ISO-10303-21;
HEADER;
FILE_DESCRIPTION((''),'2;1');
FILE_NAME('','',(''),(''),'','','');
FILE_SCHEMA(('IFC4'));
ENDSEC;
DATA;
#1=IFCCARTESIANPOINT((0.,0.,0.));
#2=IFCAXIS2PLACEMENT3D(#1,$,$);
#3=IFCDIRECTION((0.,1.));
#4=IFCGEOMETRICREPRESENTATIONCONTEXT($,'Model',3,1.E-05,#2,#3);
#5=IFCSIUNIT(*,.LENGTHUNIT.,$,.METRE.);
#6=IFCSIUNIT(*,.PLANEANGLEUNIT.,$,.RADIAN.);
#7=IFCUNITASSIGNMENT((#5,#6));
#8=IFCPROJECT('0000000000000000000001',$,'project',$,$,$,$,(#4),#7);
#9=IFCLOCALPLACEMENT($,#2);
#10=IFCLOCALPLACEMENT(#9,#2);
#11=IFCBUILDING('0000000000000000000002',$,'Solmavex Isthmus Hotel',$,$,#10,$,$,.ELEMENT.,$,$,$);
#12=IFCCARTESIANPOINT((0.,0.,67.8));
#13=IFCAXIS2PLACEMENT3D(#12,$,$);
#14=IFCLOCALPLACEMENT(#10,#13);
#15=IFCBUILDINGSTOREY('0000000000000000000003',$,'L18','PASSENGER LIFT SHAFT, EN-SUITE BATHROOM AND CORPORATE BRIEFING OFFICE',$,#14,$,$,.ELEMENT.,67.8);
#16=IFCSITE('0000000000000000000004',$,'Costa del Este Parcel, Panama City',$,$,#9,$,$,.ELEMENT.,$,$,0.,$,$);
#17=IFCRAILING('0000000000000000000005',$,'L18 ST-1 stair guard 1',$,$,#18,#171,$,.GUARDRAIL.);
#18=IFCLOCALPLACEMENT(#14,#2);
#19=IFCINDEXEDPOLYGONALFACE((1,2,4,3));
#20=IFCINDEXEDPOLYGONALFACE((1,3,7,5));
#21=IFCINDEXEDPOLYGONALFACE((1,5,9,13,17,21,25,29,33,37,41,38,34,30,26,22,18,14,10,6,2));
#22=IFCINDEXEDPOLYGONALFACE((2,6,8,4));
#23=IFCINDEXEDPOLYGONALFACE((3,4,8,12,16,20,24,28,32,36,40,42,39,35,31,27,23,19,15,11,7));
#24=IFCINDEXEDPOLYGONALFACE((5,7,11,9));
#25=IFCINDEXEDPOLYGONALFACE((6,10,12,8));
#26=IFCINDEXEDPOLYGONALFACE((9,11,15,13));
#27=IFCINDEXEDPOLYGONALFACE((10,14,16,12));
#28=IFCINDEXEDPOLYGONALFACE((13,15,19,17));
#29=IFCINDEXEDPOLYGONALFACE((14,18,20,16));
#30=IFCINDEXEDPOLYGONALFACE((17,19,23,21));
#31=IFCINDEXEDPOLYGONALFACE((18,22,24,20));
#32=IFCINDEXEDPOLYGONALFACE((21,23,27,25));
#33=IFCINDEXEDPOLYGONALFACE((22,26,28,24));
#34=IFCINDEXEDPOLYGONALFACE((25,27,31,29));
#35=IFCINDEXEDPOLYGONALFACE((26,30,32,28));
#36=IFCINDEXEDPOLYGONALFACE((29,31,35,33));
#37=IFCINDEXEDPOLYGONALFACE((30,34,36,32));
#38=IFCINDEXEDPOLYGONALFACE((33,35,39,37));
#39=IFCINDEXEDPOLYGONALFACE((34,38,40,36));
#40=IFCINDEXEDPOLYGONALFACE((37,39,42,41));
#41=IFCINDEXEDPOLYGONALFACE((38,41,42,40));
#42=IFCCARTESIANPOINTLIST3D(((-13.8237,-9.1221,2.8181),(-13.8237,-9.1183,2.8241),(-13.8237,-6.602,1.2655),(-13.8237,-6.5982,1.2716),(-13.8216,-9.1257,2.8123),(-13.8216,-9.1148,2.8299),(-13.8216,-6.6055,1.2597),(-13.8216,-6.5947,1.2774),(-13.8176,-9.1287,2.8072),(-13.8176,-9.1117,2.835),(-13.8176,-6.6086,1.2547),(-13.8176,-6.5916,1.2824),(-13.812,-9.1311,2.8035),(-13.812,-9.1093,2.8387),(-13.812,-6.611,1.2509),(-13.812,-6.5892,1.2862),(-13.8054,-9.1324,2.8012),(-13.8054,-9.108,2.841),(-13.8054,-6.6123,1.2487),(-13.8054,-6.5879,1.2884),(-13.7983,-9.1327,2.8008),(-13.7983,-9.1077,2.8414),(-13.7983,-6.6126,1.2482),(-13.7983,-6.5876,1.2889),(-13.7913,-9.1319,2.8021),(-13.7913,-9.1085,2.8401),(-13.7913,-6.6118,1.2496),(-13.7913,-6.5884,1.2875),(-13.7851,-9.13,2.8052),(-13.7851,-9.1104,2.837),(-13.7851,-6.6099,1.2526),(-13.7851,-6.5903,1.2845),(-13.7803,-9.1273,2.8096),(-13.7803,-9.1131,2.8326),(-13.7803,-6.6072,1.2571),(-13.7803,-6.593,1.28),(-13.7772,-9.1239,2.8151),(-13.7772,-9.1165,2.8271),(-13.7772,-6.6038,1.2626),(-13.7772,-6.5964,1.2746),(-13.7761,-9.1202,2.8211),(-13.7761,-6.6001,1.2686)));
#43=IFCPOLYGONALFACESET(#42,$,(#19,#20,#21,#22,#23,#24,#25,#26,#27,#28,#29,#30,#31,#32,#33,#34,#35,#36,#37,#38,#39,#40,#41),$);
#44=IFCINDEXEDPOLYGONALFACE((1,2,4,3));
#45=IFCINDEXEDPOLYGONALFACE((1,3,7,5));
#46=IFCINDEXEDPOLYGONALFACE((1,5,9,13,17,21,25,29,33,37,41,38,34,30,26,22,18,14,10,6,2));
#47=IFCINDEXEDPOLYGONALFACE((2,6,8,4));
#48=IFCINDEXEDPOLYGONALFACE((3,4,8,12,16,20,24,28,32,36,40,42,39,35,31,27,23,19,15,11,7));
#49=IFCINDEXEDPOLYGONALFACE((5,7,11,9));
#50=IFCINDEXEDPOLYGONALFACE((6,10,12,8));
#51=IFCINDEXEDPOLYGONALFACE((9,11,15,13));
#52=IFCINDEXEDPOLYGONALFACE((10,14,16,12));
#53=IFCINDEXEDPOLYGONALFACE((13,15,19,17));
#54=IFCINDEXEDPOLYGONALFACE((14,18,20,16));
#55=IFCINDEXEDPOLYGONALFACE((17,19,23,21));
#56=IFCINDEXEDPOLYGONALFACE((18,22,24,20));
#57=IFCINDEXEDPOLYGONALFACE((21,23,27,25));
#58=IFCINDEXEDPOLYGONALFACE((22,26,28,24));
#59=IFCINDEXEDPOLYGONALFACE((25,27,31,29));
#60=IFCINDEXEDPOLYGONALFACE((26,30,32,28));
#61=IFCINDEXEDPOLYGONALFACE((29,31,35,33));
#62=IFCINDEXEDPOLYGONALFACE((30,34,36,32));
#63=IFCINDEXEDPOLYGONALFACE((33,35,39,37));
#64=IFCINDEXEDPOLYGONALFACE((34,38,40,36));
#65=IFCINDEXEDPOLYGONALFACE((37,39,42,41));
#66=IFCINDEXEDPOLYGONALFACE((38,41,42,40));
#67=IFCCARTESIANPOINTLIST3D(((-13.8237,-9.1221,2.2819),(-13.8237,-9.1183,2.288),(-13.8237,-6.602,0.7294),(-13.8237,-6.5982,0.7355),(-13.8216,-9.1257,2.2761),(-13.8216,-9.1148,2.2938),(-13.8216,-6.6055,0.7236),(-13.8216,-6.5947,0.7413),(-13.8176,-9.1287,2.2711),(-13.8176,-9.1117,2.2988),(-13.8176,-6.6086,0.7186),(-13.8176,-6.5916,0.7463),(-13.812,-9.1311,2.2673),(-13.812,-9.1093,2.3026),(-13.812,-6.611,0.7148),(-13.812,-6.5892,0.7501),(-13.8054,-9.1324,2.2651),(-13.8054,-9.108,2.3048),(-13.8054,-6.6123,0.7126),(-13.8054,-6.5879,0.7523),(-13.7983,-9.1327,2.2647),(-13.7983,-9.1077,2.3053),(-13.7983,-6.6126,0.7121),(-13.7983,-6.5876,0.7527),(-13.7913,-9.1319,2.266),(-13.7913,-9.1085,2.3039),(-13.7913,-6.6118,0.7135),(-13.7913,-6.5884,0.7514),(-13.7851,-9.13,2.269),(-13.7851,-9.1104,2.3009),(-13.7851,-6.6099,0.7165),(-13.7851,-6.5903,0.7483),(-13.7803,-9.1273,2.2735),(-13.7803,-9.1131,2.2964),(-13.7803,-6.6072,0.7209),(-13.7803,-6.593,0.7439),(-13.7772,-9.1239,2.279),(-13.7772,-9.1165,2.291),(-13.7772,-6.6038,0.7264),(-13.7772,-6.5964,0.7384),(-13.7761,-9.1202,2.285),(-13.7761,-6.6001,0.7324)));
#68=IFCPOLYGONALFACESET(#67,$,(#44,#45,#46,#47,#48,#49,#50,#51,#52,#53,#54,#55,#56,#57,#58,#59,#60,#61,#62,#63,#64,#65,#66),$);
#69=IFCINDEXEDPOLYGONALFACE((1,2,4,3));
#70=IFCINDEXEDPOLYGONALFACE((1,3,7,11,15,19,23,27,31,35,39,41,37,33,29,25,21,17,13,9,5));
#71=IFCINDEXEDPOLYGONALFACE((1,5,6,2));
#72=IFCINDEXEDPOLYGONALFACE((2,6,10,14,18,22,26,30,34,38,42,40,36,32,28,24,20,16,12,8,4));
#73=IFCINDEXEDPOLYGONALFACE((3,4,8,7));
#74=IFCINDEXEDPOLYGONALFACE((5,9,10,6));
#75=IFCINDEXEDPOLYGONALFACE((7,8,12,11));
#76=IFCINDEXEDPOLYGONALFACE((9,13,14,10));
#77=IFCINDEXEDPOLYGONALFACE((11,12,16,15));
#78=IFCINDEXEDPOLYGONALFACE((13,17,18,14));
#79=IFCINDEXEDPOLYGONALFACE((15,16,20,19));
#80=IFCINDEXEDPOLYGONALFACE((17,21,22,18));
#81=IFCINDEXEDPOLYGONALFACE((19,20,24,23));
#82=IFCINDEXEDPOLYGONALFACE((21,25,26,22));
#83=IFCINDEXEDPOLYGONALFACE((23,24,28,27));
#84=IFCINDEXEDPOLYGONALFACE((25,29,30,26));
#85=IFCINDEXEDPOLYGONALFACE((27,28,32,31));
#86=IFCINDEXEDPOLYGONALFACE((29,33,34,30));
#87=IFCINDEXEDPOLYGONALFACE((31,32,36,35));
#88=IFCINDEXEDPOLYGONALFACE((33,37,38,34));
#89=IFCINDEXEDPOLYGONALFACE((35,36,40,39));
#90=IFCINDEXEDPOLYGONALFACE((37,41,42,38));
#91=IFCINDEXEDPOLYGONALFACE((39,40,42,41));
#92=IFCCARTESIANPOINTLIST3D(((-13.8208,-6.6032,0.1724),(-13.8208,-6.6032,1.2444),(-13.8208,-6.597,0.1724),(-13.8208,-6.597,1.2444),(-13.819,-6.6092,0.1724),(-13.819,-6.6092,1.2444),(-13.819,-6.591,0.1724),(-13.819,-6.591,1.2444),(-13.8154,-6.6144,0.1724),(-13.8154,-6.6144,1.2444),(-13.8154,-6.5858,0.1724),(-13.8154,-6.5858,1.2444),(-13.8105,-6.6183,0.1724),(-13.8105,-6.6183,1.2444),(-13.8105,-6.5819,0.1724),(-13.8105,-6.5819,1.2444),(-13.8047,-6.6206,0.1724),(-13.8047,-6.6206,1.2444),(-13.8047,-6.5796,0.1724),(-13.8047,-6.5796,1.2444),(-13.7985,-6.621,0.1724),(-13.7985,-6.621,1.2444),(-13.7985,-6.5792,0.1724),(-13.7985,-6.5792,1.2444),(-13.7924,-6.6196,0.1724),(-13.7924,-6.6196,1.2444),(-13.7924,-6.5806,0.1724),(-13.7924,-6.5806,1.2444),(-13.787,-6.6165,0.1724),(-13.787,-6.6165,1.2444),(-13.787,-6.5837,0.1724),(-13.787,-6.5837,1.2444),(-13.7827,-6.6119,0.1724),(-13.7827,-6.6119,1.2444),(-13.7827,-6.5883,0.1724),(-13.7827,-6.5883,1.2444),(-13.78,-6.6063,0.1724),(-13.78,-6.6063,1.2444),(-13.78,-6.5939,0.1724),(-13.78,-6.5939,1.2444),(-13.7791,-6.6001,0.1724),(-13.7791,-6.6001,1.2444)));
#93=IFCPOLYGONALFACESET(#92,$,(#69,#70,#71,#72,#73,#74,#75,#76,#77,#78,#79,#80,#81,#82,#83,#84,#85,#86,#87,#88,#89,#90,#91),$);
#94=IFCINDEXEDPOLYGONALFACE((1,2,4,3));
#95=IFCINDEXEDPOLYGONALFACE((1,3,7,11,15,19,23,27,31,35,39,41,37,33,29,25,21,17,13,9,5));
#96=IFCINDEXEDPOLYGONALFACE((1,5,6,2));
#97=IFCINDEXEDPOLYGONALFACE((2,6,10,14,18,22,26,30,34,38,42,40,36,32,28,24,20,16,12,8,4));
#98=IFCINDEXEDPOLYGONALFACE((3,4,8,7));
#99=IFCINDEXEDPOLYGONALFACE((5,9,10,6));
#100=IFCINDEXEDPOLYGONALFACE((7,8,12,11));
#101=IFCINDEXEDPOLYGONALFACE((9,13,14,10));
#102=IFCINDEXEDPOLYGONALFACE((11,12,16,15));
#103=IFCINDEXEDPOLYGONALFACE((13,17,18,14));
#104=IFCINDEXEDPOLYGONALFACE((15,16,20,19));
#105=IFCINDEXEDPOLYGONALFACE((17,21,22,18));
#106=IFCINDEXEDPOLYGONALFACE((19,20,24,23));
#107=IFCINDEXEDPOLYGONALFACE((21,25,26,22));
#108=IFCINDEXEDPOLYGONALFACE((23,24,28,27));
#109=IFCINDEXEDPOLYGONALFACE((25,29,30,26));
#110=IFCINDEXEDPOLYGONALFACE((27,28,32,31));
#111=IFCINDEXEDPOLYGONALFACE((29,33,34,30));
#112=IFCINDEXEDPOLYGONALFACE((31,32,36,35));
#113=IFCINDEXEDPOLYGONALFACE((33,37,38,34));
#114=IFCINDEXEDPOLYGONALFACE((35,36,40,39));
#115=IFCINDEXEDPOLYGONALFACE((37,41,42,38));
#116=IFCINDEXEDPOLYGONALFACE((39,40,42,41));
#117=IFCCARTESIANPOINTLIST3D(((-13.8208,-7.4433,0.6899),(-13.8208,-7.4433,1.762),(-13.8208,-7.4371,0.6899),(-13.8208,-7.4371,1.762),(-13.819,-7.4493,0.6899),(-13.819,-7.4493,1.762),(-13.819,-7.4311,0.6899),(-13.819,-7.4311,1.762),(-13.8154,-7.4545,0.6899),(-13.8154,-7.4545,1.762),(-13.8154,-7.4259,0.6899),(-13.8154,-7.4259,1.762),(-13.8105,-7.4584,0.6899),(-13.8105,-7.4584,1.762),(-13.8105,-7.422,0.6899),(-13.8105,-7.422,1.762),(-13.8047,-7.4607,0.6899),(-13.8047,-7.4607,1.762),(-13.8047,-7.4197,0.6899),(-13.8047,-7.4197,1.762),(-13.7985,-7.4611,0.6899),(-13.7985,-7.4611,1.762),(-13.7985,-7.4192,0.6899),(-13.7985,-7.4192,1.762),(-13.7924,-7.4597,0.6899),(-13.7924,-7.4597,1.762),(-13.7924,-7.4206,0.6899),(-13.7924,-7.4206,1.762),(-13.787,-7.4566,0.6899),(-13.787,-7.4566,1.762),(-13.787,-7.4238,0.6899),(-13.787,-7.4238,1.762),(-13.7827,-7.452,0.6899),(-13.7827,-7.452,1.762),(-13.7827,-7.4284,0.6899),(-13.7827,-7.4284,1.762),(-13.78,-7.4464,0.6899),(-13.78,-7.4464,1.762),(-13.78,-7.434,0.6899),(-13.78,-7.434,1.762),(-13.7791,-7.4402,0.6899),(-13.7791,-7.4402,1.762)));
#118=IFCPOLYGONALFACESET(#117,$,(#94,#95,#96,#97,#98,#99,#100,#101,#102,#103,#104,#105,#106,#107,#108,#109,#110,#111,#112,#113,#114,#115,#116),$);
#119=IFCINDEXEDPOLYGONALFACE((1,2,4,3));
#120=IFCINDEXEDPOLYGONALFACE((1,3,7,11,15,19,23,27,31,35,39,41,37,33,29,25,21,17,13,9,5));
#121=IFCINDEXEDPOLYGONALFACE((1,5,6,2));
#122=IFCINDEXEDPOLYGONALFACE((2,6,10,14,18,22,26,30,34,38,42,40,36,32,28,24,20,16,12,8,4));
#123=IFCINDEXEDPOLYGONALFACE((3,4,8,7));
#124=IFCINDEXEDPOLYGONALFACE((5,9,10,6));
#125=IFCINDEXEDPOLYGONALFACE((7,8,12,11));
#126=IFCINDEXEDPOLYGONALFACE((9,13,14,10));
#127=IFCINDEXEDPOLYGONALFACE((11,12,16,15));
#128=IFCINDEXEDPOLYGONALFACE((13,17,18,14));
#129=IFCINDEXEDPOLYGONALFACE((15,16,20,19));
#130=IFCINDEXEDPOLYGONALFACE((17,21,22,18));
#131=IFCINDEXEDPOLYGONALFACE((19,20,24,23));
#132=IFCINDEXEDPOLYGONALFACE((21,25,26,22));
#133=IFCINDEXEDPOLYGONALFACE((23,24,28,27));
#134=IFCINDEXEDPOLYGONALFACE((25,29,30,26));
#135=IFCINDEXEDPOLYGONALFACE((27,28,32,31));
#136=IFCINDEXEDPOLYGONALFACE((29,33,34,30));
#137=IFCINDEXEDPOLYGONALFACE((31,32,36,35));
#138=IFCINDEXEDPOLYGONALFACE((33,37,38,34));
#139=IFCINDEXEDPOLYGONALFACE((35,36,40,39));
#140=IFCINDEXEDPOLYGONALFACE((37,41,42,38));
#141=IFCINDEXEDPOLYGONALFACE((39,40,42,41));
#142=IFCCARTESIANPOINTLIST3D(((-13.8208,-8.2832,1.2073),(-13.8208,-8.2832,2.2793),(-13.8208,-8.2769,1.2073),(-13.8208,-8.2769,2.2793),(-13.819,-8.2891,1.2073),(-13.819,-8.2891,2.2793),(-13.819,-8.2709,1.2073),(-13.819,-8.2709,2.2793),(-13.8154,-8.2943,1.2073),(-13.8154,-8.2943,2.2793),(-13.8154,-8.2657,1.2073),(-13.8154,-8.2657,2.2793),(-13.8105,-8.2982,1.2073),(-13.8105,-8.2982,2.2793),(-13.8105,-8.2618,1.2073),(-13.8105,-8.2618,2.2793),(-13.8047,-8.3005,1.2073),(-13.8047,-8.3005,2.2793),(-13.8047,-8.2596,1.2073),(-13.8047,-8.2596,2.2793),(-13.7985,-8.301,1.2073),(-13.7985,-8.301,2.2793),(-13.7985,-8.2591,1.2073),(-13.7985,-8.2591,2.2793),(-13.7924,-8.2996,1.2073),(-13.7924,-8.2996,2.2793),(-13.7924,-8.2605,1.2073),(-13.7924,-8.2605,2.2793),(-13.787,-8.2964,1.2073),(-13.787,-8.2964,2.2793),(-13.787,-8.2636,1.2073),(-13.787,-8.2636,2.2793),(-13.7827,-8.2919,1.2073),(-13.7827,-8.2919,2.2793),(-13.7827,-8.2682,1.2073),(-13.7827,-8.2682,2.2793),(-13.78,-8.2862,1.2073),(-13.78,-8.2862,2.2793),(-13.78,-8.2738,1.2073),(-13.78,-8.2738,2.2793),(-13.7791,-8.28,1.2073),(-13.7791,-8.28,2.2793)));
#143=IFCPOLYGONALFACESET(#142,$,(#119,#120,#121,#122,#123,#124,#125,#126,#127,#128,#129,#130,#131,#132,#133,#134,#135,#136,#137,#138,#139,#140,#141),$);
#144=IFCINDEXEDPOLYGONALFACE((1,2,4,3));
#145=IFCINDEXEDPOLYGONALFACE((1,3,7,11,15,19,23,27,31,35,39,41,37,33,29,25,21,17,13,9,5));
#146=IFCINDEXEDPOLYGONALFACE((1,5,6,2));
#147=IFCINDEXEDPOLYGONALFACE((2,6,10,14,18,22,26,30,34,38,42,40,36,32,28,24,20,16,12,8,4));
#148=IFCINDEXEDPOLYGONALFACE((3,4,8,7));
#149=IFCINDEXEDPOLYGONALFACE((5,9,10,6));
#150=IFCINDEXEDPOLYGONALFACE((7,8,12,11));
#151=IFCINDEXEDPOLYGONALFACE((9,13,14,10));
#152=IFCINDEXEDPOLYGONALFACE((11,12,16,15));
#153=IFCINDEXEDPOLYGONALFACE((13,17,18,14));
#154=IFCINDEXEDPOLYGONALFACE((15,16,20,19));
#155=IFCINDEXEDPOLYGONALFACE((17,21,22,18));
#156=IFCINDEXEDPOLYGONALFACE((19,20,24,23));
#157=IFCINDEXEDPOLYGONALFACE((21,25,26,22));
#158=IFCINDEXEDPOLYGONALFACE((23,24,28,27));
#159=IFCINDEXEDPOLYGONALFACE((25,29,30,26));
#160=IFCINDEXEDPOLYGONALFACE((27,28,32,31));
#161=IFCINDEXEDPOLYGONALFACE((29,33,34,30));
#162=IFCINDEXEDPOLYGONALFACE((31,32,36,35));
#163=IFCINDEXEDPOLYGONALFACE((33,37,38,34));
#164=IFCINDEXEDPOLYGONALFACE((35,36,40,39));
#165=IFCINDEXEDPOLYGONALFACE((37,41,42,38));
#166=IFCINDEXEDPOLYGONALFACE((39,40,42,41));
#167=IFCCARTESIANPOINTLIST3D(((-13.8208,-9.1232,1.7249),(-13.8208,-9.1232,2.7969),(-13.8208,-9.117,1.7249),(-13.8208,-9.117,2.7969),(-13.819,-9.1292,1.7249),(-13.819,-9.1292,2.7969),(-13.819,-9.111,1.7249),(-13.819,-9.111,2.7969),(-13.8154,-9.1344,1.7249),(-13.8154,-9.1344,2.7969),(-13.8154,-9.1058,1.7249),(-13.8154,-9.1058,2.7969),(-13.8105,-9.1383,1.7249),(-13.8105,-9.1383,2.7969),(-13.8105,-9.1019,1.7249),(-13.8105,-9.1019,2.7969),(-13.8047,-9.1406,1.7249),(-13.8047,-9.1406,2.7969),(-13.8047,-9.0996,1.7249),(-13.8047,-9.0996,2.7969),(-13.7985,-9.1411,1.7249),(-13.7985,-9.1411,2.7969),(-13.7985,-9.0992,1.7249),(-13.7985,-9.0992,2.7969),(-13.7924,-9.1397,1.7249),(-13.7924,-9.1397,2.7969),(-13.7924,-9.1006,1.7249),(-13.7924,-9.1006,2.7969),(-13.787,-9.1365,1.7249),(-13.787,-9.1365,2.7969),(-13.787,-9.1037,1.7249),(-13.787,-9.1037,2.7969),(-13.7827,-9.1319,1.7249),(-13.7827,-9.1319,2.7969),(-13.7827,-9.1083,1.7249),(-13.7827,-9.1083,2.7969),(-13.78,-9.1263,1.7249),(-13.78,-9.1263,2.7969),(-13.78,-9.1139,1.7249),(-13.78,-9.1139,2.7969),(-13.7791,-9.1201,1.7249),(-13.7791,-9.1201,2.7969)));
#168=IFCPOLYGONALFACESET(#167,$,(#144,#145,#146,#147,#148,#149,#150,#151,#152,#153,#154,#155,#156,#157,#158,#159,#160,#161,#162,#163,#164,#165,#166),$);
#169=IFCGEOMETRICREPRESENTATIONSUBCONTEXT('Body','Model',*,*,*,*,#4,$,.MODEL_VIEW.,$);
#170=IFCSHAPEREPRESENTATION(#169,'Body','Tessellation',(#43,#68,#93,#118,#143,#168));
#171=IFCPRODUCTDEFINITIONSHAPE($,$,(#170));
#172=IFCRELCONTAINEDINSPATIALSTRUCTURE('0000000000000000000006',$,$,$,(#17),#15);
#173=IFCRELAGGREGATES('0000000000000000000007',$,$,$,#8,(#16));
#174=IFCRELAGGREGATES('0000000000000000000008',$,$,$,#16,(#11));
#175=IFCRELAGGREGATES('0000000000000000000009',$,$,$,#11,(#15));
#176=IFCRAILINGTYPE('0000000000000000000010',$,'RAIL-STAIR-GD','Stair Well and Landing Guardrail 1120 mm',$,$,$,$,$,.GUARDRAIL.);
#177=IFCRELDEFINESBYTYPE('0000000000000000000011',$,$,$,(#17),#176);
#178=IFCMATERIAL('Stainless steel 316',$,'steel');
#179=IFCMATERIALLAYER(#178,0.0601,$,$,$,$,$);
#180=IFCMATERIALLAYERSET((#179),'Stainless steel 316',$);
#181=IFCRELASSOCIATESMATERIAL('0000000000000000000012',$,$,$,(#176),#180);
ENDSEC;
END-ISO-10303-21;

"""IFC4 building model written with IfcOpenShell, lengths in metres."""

from ifc_helpers import new_model, si_unit, direction, frame, origin, origin_2d, place, context, subcontext, project, spatial, circle, extrude, material, layer, layer_set, type_object, element, save


model = new_model("IFC4")

# Units and contexts
model_context = context("Model", 3, precision=1e-05, world=origin(), true_north=direction((0.0, 1.0)))
body_context = subcontext(model_context, "Body", "Model", "MODEL_VIEW")
ifc_project = project(units=[si_unit("LENGTHUNIT", "METRE"), si_unit("PLANEANGLEUNIT", "RADIAN")], contexts=[model_context])

# Site, building, storey
site_placement = place(None, origin())
site = spatial("IfcSite", under=ifc_project, at=site_placement, Name="Costa del Este Parcel, Panama City", CompositionType="ELEMENT", RefElevation=0.0)
building_placement = place(site_placement, origin())
building = spatial("IfcBuilding", under=site, at=building_placement, Name="Solmavex Isthmus Hotel", CompositionType="ELEMENT")
storey_placement = place(building_placement, frame((0.0, 0.0, 67.8)))
storey = spatial("IfcBuildingStorey", under=building, at=storey_placement, Name="L18", Description="PASSENGER LIFT SHAFT, EN-SUITE BATHROOM AND CORPORATE BRIEFING OFFICE", CompositionType="ELEMENT", Elevation=67.8)

# Shared definitions
ifc_material_1 = material(Name="Stainless steel 316", Category="steel")

# Railing
ifc_layer_1 = layer(ifc_material_1, 0.0601)
ifc_layer_set_1 = layer_set([ifc_layer_1], Name="Stainless steel 316")
railing_type_1 = type_object("IfcRailingType", Name="RAIL-STAIR-GD", Description="Stair Well and Landing Guardrail 1120 mm", PredefinedType="GUARDRAIL", material=ifc_layer_set_1)
railing_1_placement = place(storey_placement, frame((-13.8, -6.6001, 0.1724)))
element("IfcRailing", 1, at=railing_1_placement, inside=storey, type_object=railing_type_1, Name="L18 ST-1 stair guard 1", PredefinedType="GUARDRAIL", context=body_context, shape_type="SweptSolid", body=[
    extrude(circle(Radius=0.0239, at=origin_2d()), frame((0.0, 0.0, 1.0962), z_axis=(0.0, -0.8514, 0.524516), x_axis=(1.0, 0.0, 0.0)), (0.0, 0.0, 1.0), 2.96),
    extrude(circle(Radius=0.0239, at=origin_2d()), frame((0.0, 0.0, 0.5601), z_axis=(0.0, -0.8514, 0.524516), x_axis=(1.0, 0.0, 0.0)), (0.0, 0.0, 1.0), 2.96),
    extrude(circle(Radius=0.021, at=origin_2d()), origin(), (0.0, 0.0, 1.0), 1.072),
    extrude(circle(Radius=0.021, at=origin_2d()), frame((0.0, -0.8401, 0.5176)), (0.0, 0.0, 1.0), 1.072),
    extrude(circle(Radius=0.021, at=origin_2d()), frame((0.0, -1.6799, 1.0349)), (0.0, 0.0, 1.0), 1.072),
    extrude(circle(Radius=0.021, at=origin_2d()), frame((0.0, -2.52, 1.5525)), (0.0, 0.0, 1.0), 1.072),
])

save(model, "model.ifc")
